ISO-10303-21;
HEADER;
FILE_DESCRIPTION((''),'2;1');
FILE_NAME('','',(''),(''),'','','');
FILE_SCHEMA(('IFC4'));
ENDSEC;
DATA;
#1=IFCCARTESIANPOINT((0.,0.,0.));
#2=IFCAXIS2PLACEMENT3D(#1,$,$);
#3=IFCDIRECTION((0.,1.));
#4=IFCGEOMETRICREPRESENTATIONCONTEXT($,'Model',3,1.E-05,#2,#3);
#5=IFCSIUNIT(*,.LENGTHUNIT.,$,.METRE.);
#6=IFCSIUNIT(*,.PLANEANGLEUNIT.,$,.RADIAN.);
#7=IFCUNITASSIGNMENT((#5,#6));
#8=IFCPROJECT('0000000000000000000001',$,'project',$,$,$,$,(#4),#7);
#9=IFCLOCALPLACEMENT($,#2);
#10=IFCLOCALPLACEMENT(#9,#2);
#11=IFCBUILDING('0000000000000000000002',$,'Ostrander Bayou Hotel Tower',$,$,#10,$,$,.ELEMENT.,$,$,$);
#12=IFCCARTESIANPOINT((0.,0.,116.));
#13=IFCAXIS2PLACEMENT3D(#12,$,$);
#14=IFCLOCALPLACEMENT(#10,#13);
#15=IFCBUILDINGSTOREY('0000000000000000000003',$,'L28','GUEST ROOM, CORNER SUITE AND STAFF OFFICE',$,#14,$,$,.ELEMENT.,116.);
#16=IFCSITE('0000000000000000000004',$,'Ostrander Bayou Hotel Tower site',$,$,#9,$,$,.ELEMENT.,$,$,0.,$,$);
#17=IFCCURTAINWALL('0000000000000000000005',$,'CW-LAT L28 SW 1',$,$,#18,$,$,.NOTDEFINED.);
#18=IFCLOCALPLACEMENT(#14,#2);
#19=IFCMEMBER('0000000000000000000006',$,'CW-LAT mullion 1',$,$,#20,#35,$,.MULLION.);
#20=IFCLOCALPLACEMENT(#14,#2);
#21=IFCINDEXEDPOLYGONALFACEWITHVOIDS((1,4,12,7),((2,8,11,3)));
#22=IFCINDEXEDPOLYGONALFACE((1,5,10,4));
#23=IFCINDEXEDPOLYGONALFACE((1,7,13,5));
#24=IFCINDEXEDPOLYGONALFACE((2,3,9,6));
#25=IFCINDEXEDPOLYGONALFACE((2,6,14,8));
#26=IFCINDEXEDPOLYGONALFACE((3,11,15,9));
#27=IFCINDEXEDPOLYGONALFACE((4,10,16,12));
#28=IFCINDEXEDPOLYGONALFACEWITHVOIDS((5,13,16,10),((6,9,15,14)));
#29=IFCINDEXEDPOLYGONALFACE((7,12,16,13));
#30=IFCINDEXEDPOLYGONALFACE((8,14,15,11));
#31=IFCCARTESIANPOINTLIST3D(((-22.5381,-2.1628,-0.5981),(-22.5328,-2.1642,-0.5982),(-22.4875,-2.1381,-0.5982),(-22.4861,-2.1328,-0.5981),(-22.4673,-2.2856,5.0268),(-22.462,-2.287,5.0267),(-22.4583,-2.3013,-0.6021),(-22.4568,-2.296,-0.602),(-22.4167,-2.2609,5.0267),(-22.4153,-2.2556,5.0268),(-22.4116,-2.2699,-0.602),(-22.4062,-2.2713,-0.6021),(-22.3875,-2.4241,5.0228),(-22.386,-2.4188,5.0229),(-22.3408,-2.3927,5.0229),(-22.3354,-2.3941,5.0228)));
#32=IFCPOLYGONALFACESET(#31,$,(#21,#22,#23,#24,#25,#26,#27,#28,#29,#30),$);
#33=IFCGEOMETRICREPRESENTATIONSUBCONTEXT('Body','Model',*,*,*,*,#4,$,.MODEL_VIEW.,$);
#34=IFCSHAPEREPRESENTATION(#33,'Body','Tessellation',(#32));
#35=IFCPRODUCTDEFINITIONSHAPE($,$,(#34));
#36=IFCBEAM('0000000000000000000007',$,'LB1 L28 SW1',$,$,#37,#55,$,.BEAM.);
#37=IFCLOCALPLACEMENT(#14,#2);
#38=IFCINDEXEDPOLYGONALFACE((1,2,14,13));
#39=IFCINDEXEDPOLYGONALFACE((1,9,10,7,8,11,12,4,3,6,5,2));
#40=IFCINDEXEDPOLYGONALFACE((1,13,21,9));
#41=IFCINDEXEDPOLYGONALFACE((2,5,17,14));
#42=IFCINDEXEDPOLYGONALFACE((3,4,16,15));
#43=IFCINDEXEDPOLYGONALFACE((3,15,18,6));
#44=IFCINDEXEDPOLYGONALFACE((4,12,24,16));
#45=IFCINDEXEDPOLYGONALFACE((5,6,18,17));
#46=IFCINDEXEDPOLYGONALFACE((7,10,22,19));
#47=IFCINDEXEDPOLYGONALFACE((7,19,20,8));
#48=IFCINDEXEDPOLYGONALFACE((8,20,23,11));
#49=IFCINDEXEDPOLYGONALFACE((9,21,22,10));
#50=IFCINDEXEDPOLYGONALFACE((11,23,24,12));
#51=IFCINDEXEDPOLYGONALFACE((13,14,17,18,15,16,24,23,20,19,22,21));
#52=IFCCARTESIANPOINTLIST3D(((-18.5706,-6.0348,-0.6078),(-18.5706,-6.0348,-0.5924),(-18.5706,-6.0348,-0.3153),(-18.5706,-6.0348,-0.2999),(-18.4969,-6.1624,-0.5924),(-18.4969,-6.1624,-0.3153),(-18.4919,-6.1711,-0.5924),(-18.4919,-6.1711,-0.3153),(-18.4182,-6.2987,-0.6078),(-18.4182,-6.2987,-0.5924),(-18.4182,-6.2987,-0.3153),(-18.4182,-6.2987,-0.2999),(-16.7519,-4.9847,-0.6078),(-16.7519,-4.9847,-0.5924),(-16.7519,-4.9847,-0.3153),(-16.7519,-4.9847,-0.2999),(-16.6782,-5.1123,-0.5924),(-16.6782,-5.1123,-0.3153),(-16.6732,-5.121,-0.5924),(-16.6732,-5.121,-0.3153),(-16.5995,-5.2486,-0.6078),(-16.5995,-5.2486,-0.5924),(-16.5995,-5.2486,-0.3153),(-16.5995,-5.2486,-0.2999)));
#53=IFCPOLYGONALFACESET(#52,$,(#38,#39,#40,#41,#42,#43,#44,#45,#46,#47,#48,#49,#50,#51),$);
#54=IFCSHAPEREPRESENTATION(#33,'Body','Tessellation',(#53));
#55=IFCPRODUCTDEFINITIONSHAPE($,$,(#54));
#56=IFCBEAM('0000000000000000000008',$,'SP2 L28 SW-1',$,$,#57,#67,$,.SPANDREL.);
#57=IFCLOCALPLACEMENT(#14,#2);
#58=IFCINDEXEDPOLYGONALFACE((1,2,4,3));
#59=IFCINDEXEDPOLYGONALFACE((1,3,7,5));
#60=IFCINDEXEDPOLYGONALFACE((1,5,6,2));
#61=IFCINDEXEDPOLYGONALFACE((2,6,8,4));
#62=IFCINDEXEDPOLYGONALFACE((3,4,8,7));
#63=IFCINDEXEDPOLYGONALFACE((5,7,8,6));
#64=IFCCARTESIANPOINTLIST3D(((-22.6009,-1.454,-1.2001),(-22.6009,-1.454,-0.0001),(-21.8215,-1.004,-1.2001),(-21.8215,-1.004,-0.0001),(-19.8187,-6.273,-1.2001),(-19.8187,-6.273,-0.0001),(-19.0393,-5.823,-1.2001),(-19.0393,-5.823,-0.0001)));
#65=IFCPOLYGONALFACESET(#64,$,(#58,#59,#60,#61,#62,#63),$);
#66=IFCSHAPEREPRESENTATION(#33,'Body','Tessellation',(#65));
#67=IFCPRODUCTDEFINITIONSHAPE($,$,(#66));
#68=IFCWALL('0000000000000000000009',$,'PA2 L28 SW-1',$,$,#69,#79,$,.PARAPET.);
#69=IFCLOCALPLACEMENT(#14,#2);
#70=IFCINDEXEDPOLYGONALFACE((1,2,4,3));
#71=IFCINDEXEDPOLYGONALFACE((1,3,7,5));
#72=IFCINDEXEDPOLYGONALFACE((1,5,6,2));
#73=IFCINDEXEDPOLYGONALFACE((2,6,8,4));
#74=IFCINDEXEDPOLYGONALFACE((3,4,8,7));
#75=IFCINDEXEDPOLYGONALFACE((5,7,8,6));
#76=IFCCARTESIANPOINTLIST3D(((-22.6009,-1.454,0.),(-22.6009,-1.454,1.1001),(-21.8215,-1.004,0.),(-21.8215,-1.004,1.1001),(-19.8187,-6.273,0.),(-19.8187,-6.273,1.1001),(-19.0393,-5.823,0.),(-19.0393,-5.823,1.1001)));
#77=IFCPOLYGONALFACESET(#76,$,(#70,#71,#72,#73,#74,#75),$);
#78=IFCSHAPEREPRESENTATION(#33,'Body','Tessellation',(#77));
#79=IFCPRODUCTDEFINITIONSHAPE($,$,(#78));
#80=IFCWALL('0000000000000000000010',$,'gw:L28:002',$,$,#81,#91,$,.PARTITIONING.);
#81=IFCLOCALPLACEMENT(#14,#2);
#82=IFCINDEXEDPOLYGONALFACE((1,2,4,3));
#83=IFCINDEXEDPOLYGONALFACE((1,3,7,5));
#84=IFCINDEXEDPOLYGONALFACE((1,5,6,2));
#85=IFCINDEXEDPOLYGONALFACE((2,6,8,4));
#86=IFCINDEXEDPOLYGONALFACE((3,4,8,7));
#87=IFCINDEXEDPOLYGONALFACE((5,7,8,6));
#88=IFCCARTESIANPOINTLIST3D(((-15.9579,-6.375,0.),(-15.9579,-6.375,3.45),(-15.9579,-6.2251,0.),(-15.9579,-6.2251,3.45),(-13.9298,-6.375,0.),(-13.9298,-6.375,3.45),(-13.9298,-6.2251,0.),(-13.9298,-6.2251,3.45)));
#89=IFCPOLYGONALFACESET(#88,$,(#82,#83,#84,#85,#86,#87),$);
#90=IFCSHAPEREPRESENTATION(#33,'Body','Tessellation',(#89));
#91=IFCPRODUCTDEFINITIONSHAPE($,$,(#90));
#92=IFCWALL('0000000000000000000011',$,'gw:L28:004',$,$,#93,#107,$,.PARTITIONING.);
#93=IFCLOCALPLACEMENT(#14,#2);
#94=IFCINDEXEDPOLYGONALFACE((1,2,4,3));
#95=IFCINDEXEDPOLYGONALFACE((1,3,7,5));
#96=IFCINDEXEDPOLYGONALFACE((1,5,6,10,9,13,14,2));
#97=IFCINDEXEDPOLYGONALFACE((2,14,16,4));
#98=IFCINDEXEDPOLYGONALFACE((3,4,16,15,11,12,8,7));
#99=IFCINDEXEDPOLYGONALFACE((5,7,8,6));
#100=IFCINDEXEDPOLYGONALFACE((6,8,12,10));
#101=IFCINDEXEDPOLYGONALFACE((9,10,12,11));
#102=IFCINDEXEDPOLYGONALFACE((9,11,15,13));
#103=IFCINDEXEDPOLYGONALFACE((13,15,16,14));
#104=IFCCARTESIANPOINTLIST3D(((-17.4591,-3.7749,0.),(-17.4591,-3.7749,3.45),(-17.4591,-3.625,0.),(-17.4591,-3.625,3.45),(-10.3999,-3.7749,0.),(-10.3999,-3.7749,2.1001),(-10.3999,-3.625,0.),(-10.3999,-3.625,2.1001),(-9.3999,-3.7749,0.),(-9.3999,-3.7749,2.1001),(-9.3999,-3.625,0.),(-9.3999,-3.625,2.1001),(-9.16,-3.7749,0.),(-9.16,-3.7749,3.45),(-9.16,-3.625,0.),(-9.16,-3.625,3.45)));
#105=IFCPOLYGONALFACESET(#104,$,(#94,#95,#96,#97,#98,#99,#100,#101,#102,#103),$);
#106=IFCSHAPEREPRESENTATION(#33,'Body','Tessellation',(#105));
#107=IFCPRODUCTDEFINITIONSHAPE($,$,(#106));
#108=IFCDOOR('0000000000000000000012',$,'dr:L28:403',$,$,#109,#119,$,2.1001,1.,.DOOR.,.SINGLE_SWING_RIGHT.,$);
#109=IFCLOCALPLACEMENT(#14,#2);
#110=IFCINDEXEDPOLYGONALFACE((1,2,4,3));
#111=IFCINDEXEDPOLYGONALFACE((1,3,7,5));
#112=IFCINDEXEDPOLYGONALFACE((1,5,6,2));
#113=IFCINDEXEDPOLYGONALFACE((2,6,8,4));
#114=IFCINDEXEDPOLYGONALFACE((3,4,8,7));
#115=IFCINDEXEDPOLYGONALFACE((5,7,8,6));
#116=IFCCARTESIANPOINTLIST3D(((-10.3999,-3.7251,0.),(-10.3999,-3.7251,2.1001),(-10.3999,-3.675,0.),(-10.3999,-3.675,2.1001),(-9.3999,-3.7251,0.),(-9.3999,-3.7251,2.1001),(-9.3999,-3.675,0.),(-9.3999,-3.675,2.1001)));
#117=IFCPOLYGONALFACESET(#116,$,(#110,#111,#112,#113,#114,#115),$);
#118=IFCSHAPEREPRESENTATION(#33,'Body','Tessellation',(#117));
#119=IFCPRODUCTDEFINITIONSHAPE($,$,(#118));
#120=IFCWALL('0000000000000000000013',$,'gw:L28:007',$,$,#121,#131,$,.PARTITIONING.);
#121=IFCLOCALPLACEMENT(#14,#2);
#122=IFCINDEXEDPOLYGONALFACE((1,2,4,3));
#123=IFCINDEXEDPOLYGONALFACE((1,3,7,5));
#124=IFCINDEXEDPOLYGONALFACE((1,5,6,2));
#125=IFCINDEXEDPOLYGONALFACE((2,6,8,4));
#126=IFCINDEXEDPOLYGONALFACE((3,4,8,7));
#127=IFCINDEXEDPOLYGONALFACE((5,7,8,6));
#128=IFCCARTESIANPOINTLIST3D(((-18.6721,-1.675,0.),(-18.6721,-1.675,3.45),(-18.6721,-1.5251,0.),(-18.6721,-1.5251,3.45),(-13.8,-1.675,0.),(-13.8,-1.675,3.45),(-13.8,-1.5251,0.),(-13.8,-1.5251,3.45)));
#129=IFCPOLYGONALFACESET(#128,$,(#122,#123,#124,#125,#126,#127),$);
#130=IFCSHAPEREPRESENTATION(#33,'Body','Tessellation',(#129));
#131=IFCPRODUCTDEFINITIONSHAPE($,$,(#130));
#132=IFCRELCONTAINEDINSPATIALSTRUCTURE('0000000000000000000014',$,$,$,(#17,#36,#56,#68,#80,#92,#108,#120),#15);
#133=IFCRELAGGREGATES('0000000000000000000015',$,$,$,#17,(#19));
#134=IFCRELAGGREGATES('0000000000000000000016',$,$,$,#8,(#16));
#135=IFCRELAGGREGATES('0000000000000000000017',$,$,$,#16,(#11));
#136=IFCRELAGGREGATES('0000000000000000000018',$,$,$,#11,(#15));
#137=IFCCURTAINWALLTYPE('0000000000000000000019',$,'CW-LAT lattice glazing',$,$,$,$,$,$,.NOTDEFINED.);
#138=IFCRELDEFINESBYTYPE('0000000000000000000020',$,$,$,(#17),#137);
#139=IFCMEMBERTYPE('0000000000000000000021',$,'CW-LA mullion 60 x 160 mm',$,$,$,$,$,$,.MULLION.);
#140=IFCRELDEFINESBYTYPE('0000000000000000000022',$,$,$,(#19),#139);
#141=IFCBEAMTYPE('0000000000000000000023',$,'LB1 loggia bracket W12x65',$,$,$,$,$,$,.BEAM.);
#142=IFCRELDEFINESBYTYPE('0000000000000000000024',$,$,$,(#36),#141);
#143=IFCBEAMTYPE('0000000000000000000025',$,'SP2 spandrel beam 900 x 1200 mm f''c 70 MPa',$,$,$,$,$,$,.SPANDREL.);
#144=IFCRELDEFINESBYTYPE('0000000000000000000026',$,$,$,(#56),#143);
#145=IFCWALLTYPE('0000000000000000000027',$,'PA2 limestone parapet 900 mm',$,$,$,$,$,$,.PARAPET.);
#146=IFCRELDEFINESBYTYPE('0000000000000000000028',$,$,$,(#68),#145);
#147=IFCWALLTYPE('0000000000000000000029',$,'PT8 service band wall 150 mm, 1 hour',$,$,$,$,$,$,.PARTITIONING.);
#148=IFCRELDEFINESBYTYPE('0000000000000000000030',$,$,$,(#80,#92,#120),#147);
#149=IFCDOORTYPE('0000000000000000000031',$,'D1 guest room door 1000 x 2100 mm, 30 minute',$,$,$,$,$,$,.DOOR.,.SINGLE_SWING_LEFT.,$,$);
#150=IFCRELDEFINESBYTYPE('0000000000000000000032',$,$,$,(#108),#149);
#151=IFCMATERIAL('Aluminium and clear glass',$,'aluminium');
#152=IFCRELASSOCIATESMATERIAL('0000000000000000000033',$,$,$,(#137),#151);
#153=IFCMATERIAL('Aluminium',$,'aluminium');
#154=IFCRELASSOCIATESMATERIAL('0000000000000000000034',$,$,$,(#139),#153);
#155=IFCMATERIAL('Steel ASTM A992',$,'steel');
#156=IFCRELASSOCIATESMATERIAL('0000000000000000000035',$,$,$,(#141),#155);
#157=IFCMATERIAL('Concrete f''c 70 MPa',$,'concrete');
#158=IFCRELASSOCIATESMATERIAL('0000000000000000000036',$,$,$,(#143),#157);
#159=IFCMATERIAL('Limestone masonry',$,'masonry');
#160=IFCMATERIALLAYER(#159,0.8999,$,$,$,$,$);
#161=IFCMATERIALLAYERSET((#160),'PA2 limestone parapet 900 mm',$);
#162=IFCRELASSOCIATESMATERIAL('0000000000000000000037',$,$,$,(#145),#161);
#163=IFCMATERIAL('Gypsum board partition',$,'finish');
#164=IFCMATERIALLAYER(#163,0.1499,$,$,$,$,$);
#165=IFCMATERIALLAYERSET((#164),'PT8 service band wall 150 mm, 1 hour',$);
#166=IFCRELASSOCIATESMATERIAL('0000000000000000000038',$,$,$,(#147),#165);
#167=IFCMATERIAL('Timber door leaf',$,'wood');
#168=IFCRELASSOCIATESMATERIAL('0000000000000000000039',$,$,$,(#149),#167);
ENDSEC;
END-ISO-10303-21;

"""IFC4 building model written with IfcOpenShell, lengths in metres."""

from ifc_helpers import new_model, si_unit, direction, frame, frame_2d, origin, origin_2d, place, context, subcontext, project, spatial, rectangle, hollow_rectangle, i_section, extrude, material, layer, layer_set, material_profile, profile_set, type_object, element, fill, aggregate, save


model = new_model("IFC4")

# Units and contexts
model_context = context("Model", 3, precision=1e-05, world=origin(), true_north=direction((0.0, 1.0)))
body_context = subcontext(model_context, "Body", "Model", "MODEL_VIEW")
ifc_project = project(units=[si_unit("LENGTHUNIT", "METRE"), si_unit("PLANEANGLEUNIT", "RADIAN")], contexts=[model_context])

# Site, building, storey
site_placement = place(None, origin())
site = spatial("IfcSite", under=ifc_project, at=site_placement, Name="Ostrander Bayou Hotel Tower site", CompositionType="ELEMENT", RefElevation=0.0)
building_placement = place(site_placement, origin())
building = spatial("IfcBuilding", under=site, at=building_placement, Name="Ostrander Bayou Hotel Tower", CompositionType="ELEMENT")
storey_placement = place(building_placement, frame((0.0, 0.0, 116.0)))
storey = spatial("IfcBuildingStorey", under=building, at=storey_placement, Name="L28", Description="GUEST ROOM, CORNER SUITE AND STAFF OFFICE", CompositionType="ELEMENT", Elevation=116.0)

# Curtain wall, member
ifc_material_1 = material(Name="Aluminium and clear glass", Category="aluminium")
curtain_wall_type = type_object("IfcCurtainWallType", Name="CW-LAT lattice glazing", PredefinedType="NOTDEFINED", material=ifc_material_1)
curtain_wall_placement = place(storey_placement, origin())
curtain_wall = element("IfcCurtainWall", 1, at=curtain_wall_placement, inside=storey, type_object=curtain_wall_type, Name="CW-LAT L28 SW 1", PredefinedType="NOTDEFINED")
ifc_material_2 = material(Name="Aluminium", Category="aluminium")
ifc_material_profile_1 = material_profile(ifc_material_2, hollow_rectangle(XDim=0.0601, YDim=0.1599, WallThickness=0.0039, at=origin_2d()))
ifc_profile_set_1 = profile_set([ifc_material_profile_1], Name="Aluminium")
member_type = type_object("IfcMemberType", Name="CW-LA mullion 60 x 160 mm", PredefinedType="MULLION", material=ifc_profile_set_1)
member_placement = place(storey_placement, frame((-22.4722, -2.217, -0.6001), z_axis=(0.012583, -0.021825, 0.999683), x_axis=(0.866329, 0.499474, 0.0)))
member = element("IfcMember", 2, at=member_placement, type_object=member_type, Name="CW-LAT mullion 1", PredefinedType="MULLION", context=body_context, shape_type="SweptSolid", body=[
    extrude(hollow_rectangle(XDim=0.0601, YDim=0.1599, WallThickness=0.0039, at=origin_2d()), origin(), (0.0, 0.0, 1.0), 5.6267),
])
aggregate(curtain_wall, [member])

# Beams
ifc_material_3 = material(Name="Steel ASTM A992", Category="steel")
ifc_material_profile_2 = material_profile(ifc_material_3, i_section(OverallWidth=0.3047, OverallDepth=0.3079, WebThickness=0.01, FlangeThickness=0.0154, at=origin_2d()))
ifc_profile_set_2 = profile_set([ifc_material_profile_2], Name="Steel ASTM A992")
beam_type_1 = type_object("IfcBeamType", Name="LB1 loggia bracket W12x65", PredefinedType="BEAM", material=ifc_profile_set_2)
beam_1_placement = place(storey_placement, frame((-18.4944, -6.1667, -0.4539), z_axis=(0.866009, 0.500028, 0.0), x_axis=(-0.500028, 0.866009, 0.0)))
element("IfcBeam", 3, at=beam_1_placement, inside=storey, type_object=beam_type_1, Name="LB1 L28 SW1", PredefinedType="BEAM", context=body_context, shape_type="SweptSolid", body=[
    extrude(i_section(OverallWidth=0.3047, OverallDepth=0.3079, WebThickness=0.01, FlangeThickness=0.0154, at=origin_2d()), origin(), (0.0, 0.0, 1.0), 2.1001),
])
ifc_material_4 = material(Name="Concrete f'c 70 MPa", Category="concrete")
ifc_material_profile_3 = material_profile(ifc_material_4, rectangle(XDim=0.8999, YDim=1.2, at=origin_2d()))
ifc_profile_set_3 = profile_set([ifc_material_profile_3], Name="Concrete f'c 70 MPa")
beam_type_2 = type_object("IfcBeamType", Name="SP2 spandrel beam 900 x 1200 mm f'c 70 MPa", PredefinedType="SPANDREL", material=ifc_profile_set_3)
beam_2_placement = place(storey_placement, frame((-22.2112, -1.229, -0.6001), z_axis=(0.49999, -0.866031, 0.0), x_axis=(0.866031, 0.49999, 0.0)))
element("IfcBeam", 4, at=beam_2_placement, inside=storey, type_object=beam_type_2, Name="SP2 L28 SW-1", PredefinedType="SPANDREL", context=body_context, shape_type="SweptSolid", body=[
    extrude(rectangle(XDim=0.8999, YDim=1.2, at=origin_2d()), origin(), (0.0, 0.0, 1.0), 5.5645),
])

# Walls
ifc_material_5 = material(Name="Limestone masonry", Category="masonry")
ifc_layer_1 = layer(ifc_material_5, 0.8999)
ifc_layer_set_1 = layer_set([ifc_layer_1], Name="PA2 limestone parapet 900 mm")
wall_type_1 = type_object("IfcWallType", Name="PA2 limestone parapet 900 mm", PredefinedType="PARAPET", material=ifc_layer_set_1)
wall_1_placement = place(storey_placement, frame((-22.2112, -1.229, 0.0), z_axis=(0.0, 0.0, 1.0), x_axis=(0.49999, -0.866031, 0.0)))
element("IfcWall", 5, at=wall_1_placement, inside=storey, type_object=wall_type_1, Name="PA2 L28 SW-1", PredefinedType="PARAPET", context=body_context, shape_type="SweptSolid", body=[
    extrude(rectangle(XDim=5.5645, YDim=0.8999, at=frame_2d((2.7822, 0.0))), origin(), (0.0, 0.0, 1.0), 1.1001),
])
ifc_material_6 = material(Name="Gypsum board partition", Category="finish")
ifc_layer_2 = layer(ifc_material_6, 0.1499)
ifc_layer_set_2 = layer_set([ifc_layer_2], Name="PT8 service band wall 150 mm, 1 hour")
wall_type_2 = type_object("IfcWallType", Name="PT8 service band wall 150 mm, 1 hour", PredefinedType="PARTITIONING", material=ifc_layer_set_2)
wall_2_placement = place(storey_placement, frame((-15.958, -6.3, 0.0), z_axis=(0.0, 0.0, 1.0), x_axis=(1.0, 0.0, 0.0)))
element("IfcWall", 6, at=wall_2_placement, inside=storey, type_object=wall_type_2, Name="gw:L28:002", PredefinedType="PARTITIONING", context=body_context, shape_type="SweptSolid", body=[
    extrude(rectangle(XDim=2.0281, YDim=0.1499, at=frame_2d((1.0142, 0.0))), origin(), (0.0, 0.0, 1.0), 3.45),
])

# Wall, opening, door
wall_3_placement = place(storey_placement, frame((-17.459, -3.7, 0.0), z_axis=(0.0, 0.0, 1.0), x_axis=(1.0, 0.0, 0.0)))
wall_3 = element("IfcWall", 7, at=wall_3_placement, inside=storey, type_object=wall_type_2, Name="gw:L28:004", PredefinedType="PARTITIONING", context=body_context, shape_type="SweptSolid", body=[
    extrude(rectangle(XDim=8.2991, YDim=0.1499, at=frame_2d((4.1494, 0.0))), origin(), (0.0, 0.0, 1.0), 3.45),
])
opening_1_placement = place(wall_3_placement, frame((7.0591, 0.0, 0.0)))
opening_1 = element("IfcOpeningElement", 8, at=opening_1_placement, cuts=wall_3, PredefinedType="OPENING", context=body_context, shape_type="SweptSolid", body=[
    extrude(rectangle(XDim=1.0, YDim=2.1001, at=frame_2d((0.5, 1.05))), frame((0.0, 0.075, 0.0), z_axis=(0.0, -1.0, 0.0), x_axis=(1.0, 0.0, 0.0)), (0.0, 0.0, 1.0), 0.1499),
])
ifc_material_7 = material(Name="Timber door leaf", Category="wood")
door_type_1 = type_object("IfcDoorType", Name="D1 guest room door 1000 x 2100 mm, 30 minute", OperationType="SINGLE_SWING_LEFT", PredefinedType="DOOR", material=ifc_material_7)
door_1_placement = place(opening_1_placement, origin())
door_1 = element("IfcDoor", 9, at=door_1_placement, inside=storey, type_object=door_type_1, Name="dr:L28:403", OperationType="SINGLE_SWING_RIGHT", OverallHeight=2.1001, OverallWidth=1.0, PredefinedType="DOOR", context=body_context, shape_type="SweptSolid", body=[
    extrude(rectangle(XDim=1.0, YDim=2.1001, at=frame_2d((0.5, 1.05))), frame((0.0, 0.0249, 0.0), z_axis=(0.0, -1.0, 0.0), x_axis=(1.0, 0.0, 0.0)), (0.0, 0.0, 1.0), 0.05),
])
fill(opening_1, door_1)

# Wall
wall_4_placement = place(storey_placement, frame((-18.6721, -1.6001, 0.0), z_axis=(0.0, 0.0, 1.0), x_axis=(1.0, 0.0, 0.0)))
element("IfcWall", 10, at=wall_4_placement, inside=storey, type_object=wall_type_2, Name="gw:L28:007", PredefinedType="PARTITIONING", context=body_context, shape_type="SweptSolid", body=[
    extrude(rectangle(XDim=4.8721, YDim=0.1499, at=frame_2d((2.436, 0.0))), origin(), (0.0, 0.0, 1.0), 3.45),
])

save(model, "model.ifc")
